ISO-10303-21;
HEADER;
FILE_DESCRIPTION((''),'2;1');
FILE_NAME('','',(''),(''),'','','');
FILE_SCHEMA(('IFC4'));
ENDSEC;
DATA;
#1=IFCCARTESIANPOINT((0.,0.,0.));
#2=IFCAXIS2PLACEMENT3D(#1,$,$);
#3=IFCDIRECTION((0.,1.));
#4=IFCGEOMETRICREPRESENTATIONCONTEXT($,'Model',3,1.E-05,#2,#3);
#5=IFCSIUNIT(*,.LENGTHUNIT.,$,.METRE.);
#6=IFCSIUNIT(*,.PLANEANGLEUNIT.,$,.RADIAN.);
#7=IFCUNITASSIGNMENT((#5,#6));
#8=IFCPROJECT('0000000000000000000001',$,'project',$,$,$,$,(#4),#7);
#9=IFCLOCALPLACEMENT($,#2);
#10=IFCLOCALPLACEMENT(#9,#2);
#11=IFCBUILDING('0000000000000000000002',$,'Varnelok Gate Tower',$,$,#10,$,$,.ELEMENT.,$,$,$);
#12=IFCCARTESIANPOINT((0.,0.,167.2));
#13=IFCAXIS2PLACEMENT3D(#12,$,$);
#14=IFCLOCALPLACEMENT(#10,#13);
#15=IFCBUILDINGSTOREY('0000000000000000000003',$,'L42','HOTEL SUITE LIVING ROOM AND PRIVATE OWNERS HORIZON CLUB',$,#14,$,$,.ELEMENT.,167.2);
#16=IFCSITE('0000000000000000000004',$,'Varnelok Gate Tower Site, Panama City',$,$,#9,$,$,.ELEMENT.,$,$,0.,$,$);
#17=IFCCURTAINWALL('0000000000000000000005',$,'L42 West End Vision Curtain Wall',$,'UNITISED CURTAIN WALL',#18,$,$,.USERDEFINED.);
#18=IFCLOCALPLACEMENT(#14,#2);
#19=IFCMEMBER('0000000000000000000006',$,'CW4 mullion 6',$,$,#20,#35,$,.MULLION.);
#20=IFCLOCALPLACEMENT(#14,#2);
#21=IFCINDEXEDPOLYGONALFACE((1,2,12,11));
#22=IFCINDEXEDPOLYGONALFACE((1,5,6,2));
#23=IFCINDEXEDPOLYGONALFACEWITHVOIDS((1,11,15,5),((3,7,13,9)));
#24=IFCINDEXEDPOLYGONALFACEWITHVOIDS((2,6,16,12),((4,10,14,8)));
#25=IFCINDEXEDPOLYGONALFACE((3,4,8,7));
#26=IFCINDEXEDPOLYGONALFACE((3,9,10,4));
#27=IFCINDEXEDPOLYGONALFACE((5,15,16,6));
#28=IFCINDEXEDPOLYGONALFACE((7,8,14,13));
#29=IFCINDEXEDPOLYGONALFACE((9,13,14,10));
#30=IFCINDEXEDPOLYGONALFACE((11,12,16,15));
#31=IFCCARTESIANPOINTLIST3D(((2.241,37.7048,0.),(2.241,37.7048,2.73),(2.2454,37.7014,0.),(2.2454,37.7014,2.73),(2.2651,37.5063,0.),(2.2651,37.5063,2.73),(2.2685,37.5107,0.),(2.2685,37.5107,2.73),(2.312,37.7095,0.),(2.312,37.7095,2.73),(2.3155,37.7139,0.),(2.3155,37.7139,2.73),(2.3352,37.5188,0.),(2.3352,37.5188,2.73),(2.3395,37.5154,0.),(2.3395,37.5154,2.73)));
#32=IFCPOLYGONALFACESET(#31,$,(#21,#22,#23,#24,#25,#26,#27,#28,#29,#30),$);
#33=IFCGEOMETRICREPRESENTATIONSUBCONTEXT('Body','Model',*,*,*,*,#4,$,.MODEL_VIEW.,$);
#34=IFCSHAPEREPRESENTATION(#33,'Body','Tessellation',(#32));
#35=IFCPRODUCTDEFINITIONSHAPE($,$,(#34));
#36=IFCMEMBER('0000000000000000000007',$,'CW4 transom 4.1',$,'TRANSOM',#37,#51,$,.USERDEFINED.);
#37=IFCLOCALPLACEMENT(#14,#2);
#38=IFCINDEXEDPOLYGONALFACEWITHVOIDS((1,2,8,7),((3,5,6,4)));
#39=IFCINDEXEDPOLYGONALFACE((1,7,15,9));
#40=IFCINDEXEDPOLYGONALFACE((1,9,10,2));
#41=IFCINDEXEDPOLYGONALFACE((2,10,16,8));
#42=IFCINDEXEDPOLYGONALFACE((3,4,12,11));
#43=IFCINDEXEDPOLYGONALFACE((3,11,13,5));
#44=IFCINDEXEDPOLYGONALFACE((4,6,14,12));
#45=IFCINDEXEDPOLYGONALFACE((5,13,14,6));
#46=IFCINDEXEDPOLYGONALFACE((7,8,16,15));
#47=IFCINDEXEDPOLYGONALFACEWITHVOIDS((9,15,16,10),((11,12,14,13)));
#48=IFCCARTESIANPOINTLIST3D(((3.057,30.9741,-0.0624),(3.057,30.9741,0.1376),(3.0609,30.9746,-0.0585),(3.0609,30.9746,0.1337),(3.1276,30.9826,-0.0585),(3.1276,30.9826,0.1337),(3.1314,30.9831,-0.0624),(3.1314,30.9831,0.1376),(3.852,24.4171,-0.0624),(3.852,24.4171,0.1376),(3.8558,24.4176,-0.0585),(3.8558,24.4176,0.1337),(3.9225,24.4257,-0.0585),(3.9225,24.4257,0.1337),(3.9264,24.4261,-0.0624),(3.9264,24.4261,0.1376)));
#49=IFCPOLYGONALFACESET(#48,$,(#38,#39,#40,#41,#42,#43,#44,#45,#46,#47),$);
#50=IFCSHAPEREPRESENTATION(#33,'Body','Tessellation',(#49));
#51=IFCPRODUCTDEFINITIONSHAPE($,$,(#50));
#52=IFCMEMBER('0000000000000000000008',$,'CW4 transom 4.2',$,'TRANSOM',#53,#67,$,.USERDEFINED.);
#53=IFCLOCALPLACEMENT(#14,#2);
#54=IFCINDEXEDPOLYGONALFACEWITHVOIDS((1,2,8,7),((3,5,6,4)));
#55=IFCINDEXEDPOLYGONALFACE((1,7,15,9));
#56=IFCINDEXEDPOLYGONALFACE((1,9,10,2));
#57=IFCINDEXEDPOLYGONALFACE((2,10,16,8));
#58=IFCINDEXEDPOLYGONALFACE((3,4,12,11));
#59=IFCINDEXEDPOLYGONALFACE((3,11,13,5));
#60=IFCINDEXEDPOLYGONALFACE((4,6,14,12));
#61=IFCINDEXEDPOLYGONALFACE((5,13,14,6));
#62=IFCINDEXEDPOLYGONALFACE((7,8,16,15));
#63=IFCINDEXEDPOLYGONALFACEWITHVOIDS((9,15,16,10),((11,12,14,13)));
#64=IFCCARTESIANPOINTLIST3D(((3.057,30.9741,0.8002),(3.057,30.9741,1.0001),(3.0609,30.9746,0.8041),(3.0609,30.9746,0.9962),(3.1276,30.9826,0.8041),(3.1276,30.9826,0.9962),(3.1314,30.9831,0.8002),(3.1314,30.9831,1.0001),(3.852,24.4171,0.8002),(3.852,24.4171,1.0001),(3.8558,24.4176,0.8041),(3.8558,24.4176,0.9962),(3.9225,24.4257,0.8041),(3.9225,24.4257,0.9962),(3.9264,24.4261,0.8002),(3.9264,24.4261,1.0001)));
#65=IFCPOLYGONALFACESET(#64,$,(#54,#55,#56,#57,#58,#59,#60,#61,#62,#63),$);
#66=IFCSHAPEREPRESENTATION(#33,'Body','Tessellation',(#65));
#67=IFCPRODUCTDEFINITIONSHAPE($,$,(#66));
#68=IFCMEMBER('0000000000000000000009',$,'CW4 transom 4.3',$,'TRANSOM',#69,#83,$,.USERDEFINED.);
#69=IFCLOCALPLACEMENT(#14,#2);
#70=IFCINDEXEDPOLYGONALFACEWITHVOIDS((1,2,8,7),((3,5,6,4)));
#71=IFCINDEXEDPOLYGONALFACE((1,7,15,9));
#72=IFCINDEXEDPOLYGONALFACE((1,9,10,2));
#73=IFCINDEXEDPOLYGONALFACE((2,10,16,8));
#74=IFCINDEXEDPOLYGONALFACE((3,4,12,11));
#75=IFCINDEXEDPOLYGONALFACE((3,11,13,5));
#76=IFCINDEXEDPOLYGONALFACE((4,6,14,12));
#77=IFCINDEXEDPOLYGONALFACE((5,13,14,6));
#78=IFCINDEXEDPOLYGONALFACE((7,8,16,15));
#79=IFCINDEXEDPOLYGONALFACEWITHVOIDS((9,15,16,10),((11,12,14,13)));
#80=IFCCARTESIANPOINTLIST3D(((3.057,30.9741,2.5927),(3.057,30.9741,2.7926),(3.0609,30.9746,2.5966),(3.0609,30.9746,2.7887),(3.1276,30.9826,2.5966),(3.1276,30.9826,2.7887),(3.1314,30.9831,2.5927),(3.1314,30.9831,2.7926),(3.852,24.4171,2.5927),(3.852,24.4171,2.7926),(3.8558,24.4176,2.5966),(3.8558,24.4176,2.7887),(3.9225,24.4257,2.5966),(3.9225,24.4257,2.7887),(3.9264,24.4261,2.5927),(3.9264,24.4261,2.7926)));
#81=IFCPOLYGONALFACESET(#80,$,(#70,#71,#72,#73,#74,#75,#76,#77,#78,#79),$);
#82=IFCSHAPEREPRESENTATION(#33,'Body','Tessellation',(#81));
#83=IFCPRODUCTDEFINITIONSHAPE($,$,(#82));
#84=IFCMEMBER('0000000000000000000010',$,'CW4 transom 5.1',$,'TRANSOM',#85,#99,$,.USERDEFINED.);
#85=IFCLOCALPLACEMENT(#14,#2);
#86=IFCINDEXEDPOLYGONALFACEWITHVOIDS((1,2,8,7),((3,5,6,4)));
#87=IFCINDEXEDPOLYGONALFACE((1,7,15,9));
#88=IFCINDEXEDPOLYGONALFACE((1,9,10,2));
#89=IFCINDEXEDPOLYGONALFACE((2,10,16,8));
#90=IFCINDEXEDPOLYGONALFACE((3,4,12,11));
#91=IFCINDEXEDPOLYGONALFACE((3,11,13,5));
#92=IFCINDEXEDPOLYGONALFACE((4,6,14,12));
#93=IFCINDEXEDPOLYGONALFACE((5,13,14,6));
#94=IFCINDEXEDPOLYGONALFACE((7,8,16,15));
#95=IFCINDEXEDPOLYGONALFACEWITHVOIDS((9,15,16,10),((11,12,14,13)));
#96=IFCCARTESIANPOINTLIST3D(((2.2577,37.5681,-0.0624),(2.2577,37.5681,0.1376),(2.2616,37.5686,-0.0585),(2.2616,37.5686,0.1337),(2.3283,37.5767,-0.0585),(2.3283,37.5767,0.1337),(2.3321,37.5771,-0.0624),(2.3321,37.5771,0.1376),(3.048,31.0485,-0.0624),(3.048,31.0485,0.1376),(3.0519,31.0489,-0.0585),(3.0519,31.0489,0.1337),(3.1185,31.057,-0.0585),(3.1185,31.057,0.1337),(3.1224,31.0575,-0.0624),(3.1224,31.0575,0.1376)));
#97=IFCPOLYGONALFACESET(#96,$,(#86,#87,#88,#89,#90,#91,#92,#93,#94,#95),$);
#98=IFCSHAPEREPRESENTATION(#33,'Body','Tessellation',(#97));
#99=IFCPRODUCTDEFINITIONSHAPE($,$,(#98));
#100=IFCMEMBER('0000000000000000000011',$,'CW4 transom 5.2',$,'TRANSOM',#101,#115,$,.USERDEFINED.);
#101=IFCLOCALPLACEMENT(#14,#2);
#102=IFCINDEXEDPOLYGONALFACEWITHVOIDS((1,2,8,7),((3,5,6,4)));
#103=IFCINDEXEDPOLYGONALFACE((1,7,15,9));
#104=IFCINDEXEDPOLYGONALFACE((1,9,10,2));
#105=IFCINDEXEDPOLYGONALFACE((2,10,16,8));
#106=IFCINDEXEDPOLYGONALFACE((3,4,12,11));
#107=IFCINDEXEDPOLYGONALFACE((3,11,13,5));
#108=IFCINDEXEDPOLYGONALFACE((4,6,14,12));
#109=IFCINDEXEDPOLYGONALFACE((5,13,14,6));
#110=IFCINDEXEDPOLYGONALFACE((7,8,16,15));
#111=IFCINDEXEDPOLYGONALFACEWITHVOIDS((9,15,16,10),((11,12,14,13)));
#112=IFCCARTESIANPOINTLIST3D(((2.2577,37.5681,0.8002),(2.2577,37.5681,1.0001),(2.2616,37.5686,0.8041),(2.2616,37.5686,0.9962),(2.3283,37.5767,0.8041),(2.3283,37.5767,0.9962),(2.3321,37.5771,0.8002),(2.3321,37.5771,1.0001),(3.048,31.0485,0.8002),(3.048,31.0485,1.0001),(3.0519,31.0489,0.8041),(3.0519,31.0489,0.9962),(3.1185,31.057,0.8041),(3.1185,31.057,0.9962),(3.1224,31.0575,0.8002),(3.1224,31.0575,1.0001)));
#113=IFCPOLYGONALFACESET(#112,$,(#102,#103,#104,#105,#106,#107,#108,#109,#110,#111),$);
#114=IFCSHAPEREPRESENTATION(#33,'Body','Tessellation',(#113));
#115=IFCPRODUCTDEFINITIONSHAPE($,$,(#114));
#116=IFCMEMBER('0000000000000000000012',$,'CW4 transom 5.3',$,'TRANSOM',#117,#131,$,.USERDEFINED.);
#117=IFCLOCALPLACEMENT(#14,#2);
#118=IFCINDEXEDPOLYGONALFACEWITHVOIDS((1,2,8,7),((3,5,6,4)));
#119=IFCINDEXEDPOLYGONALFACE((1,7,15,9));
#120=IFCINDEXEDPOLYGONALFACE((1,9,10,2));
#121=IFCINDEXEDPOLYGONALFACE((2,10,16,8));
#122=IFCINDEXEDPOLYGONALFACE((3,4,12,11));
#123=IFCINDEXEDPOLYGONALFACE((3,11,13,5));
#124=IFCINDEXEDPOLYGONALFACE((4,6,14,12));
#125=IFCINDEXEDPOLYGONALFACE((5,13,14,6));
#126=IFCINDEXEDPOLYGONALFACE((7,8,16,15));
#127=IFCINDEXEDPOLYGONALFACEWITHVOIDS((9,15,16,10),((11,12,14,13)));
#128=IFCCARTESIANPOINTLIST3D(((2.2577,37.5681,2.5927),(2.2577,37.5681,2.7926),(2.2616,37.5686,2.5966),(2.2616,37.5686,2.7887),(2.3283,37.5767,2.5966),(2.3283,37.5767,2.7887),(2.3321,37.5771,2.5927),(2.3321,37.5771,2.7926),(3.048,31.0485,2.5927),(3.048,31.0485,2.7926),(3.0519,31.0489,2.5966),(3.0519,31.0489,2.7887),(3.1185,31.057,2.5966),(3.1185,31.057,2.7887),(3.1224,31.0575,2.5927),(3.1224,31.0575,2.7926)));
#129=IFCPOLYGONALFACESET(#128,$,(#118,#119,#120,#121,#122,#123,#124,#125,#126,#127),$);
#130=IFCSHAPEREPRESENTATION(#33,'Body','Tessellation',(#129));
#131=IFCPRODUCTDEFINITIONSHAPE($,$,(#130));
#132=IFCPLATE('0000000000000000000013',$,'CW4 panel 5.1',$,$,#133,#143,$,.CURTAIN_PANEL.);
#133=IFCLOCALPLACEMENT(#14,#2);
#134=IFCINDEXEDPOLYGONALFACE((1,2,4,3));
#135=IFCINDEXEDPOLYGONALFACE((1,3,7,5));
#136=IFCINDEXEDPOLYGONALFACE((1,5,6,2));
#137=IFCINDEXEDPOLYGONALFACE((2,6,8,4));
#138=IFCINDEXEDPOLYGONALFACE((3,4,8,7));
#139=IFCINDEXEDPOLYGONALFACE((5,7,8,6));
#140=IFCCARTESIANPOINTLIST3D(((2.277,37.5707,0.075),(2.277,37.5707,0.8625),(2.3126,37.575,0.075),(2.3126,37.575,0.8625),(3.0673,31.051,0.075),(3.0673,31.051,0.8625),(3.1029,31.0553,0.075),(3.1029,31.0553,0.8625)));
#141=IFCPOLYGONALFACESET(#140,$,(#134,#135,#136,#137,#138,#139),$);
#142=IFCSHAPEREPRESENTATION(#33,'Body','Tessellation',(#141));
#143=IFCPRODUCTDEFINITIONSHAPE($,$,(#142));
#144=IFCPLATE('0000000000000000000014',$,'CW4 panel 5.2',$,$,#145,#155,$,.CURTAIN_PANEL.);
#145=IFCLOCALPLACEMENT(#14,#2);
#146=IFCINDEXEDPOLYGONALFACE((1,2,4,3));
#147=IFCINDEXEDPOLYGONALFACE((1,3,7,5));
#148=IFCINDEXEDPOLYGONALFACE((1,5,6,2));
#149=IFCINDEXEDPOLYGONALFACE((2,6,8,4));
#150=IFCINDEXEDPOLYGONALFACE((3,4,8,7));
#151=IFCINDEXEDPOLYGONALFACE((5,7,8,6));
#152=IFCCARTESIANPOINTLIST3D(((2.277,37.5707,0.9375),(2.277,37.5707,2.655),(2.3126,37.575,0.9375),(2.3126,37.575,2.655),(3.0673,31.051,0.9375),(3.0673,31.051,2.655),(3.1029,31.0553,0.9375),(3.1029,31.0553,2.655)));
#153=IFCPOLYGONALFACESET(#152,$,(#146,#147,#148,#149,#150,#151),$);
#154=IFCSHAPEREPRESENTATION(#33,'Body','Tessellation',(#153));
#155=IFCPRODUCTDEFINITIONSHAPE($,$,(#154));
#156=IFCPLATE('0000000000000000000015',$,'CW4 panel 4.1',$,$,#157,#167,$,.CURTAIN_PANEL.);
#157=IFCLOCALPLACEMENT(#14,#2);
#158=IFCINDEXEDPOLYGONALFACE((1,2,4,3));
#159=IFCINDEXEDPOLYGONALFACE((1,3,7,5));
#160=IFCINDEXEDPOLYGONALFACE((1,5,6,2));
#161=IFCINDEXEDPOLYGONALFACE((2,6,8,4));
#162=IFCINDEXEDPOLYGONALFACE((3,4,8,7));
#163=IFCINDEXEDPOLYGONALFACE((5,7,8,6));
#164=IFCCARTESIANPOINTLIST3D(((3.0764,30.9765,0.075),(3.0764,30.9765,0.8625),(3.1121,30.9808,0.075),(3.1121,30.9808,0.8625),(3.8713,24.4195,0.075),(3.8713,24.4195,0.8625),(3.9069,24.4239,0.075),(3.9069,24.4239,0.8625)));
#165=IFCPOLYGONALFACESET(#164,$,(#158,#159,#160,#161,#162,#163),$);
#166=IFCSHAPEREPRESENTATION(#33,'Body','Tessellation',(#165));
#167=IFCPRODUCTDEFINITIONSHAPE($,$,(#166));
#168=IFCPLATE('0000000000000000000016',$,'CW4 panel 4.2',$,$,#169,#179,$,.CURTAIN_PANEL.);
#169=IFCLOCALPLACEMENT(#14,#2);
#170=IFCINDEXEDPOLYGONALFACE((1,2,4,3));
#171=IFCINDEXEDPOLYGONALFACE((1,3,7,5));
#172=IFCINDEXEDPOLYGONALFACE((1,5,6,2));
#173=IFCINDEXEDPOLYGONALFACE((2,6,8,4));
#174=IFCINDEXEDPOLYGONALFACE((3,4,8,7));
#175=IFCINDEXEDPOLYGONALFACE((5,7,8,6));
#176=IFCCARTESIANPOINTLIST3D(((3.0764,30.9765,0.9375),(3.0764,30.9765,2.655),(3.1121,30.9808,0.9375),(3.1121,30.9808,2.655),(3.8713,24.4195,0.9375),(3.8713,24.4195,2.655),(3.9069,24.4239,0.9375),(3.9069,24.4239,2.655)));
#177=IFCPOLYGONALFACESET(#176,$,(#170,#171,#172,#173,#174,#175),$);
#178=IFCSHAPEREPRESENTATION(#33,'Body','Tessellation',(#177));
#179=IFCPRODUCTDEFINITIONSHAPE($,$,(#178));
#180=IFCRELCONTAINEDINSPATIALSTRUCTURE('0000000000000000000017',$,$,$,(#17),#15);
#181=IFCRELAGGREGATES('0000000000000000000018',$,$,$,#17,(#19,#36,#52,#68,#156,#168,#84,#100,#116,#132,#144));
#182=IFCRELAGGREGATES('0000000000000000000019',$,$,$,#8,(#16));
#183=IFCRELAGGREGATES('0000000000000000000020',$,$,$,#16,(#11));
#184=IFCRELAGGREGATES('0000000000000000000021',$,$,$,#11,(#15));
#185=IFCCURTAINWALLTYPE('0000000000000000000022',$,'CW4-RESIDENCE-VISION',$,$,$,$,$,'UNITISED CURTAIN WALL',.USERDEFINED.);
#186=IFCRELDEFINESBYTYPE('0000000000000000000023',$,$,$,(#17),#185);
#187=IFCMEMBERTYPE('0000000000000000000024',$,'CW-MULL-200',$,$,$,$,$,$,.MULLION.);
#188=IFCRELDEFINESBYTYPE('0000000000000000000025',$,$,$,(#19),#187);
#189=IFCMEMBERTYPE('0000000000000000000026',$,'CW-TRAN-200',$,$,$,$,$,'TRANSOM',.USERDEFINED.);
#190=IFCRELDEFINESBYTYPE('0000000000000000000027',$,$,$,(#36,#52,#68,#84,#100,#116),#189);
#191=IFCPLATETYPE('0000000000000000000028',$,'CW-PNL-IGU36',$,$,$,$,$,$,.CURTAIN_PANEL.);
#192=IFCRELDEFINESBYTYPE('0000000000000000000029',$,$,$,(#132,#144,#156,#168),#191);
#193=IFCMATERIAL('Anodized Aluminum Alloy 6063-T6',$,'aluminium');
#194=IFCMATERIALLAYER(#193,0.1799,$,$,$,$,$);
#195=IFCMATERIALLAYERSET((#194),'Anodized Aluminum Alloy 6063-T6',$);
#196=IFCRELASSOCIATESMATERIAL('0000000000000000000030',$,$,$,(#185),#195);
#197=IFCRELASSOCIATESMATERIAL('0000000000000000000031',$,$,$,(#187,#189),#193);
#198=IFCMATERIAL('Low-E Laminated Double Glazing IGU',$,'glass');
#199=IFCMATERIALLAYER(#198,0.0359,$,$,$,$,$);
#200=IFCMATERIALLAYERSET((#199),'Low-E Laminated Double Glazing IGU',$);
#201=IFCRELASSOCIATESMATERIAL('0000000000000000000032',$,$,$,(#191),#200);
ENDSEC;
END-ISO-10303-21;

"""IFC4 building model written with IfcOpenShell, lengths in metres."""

from ifc_helpers import new_model, si_unit, direction, frame, origin, origin_2d, place, context, subcontext, project, spatial, rectangle, hollow_rectangle, extrude, source, transform, mapped, material, layer, layer_set, material_profile, profile_set, type_object, element, aggregate, save


model = new_model("IFC4")

# Units and contexts
model_context = context("Model", 3, precision=1e-05, world=origin(), true_north=direction((0.0, 1.0)))
body_context = subcontext(model_context, "Body", "Model", "MODEL_VIEW")
ifc_project = project(units=[si_unit("LENGTHUNIT", "METRE"), si_unit("PLANEANGLEUNIT", "RADIAN")], contexts=[model_context])

# Site, building, storey
site_placement = place(None, origin())
site = spatial("IfcSite", under=ifc_project, at=site_placement, Name="Varnelok Gate Tower Site, Panama City", CompositionType="ELEMENT", RefElevation=0.0)
building_placement = place(site_placement, origin())
building = spatial("IfcBuilding", under=site, at=building_placement, Name="Varnelok Gate Tower", CompositionType="ELEMENT")
storey_placement = place(building_placement, frame((0.0, 0.0, 167.2)))
storey = spatial("IfcBuildingStorey", under=building, at=storey_placement, Name="L42", Description="HOTEL SUITE LIVING ROOM AND PRIVATE OWNERS HORIZON CLUB", CompositionType="ELEMENT", Elevation=167.2)

# Curtain wall, members, plates
ifc_material_1 = material(Name="Anodized Aluminum Alloy 6063-T6", Category="aluminium")
ifc_layer_1 = layer(ifc_material_1, 0.1799)
ifc_layer_set_1 = layer_set([ifc_layer_1], Name="Anodized Aluminum Alloy 6063-T6")
curtain_wall_type = type_object("IfcCurtainWallType", Name="CW4-RESIDENCE-VISION", ElementType="UNITISED CURTAIN WALL", PredefinedType="USERDEFINED", material=ifc_layer_set_1)
curtain_wall_placement = place(storey_placement, origin())
curtain_wall = element("IfcCurtainWall", 1, at=curtain_wall_placement, inside=storey, type_object=curtain_wall_type, Name="L42 West End Vision Curtain Wall", ObjectType="UNITISED CURTAIN WALL", PredefinedType="USERDEFINED")
ifc_material_profile_1 = material_profile(ifc_material_1, hollow_rectangle(XDim=0.075, YDim=0.2, WallThickness=0.0039, at=origin_2d()), Name="ALU200X75X4")
ifc_profile_set_1 = profile_set([ifc_material_profile_1], Name="Anodized Aluminum Alloy 6063-T6")
member_type_1 = type_object("IfcMemberType", Name="CW-MULL-200", PredefinedType="MULLION", material=ifc_profile_set_1)
member_1_placement = place(storey_placement, frame((2.2903, 37.6101, 0.0), z_axis=(0.0, 0.0, 1.0), x_axis=(-0.992732, -0.120345, 0.0)))
member_1 = element("IfcMember", 2, at=member_1_placement, type_object=member_type_1, Name="CW4 mullion 6", PredefinedType="MULLION", context=body_context, shape_type="SweptSolid", body=[
    extrude(hollow_rectangle(XDim=0.075, YDim=0.2, WallThickness=0.0039, at=origin_2d()), origin(), (0.0, 0.0, 1.0), 2.73),
])
ifc_material_profile_2 = material_profile(ifc_material_1, hollow_rectangle(XDim=0.075, YDim=0.2, WallThickness=0.0039, at=origin_2d()), Name="ALU200X75X4")
ifc_profile_set_2 = profile_set([ifc_material_profile_2], Name="Anodized Aluminum Alloy 6063-T6")
member_type_2 = type_object("IfcMemberType", Name="CW-TRAN-200", ElementType="TRANSOM", PredefinedType="USERDEFINED", material=ifc_profile_set_2)
member_2_placement = place(storey_placement, frame((3.8892, 24.4216, 0.0376), z_axis=(-0.120353, 0.992731, 0.0), x_axis=(-0.992731, -0.120353, 0.0)))
member_2 = element("IfcMember", 3, at=member_2_placement, type_object=member_type_2, Name="CW4 transom 4.1", ObjectType="TRANSOM", PredefinedType="USERDEFINED", context=body_context, shape_type="SweptSolid", body=[
    extrude(hollow_rectangle(XDim=0.075, YDim=0.2, WallThickness=0.0039, at=origin_2d()), origin(), (0.0, 0.0, 1.0), 6.605),
])
member_3_placement = place(storey_placement, frame((3.8892, 24.4216, 0.9001), z_axis=(-0.120353, 0.992731, 0.0), x_axis=(-0.992731, -0.120353, 0.0)))
member_3 = element("IfcMember", 4, at=member_3_placement, type_object=member_type_2, Name="CW4 transom 4.2", ObjectType="TRANSOM", PredefinedType="USERDEFINED", context=body_context, shape_type="SweptSolid", body=[
    extrude(hollow_rectangle(XDim=0.075, YDim=0.2, WallThickness=0.0039, at=origin_2d()), origin(), (0.0, 0.0, 1.0), 6.605),
])
member_4_placement = place(storey_placement, frame((3.8892, 24.4216, 2.6926), z_axis=(-0.120353, 0.992731, 0.0), x_axis=(-0.992731, -0.120353, 0.0)))
member_4 = element("IfcMember", 5, at=member_4_placement, type_object=member_type_2, Name="CW4 transom 4.3", ObjectType="TRANSOM", PredefinedType="USERDEFINED", context=body_context, shape_type="SweptSolid", body=[
    extrude(hollow_rectangle(XDim=0.075, YDim=0.2, WallThickness=0.0039, at=origin_2d()), origin(), (0.0, 0.0, 1.0), 6.605),
])
member_5_placement = place(storey_placement, frame((3.0852, 31.053, 0.0376), z_axis=(-0.120332, 0.992734, 0.0), x_axis=(-0.992734, -0.120332, 0.0)))
member_5 = element("IfcMember", 6, at=member_5_placement, type_object=member_type_2, Name="CW4 transom 5.1", ObjectType="TRANSOM", PredefinedType="USERDEFINED", context=body_context, shape_type="SweptSolid", body=[
    extrude(hollow_rectangle(XDim=0.075, YDim=0.2, WallThickness=0.0039, at=origin_2d()), origin(), (0.0, 0.0, 1.0), 6.5674),
])
member_6_placement = place(storey_placement, frame((3.0852, 31.053, 0.9001), z_axis=(-0.120332, 0.992734, 0.0), x_axis=(-0.992734, -0.120332, 0.0)))
member_6 = element("IfcMember", 7, at=member_6_placement, type_object=member_type_2, Name="CW4 transom 5.2", ObjectType="TRANSOM", PredefinedType="USERDEFINED", context=body_context, shape_type="SweptSolid", body=[
    extrude(hollow_rectangle(XDim=0.075, YDim=0.2, WallThickness=0.0039, at=origin_2d()), origin(), (0.0, 0.0, 1.0), 6.5674),
])
member_7_placement = place(storey_placement, frame((3.0852, 31.053, 2.6926), z_axis=(-0.120332, 0.992734, 0.0), x_axis=(-0.992734, -0.120332, 0.0)))
member_7 = element("IfcMember", 8, at=member_7_placement, type_object=member_type_2, Name="CW4 transom 5.3", ObjectType="TRANSOM", PredefinedType="USERDEFINED", context=body_context, shape_type="SweptSolid", body=[
    extrude(hollow_rectangle(XDim=0.075, YDim=0.2, WallThickness=0.0039, at=origin_2d()), origin(), (0.0, 0.0, 1.0), 6.5674),
])
ifc_material_2 = material(Name="Low-E Laminated Double Glazing IGU", Category="glass")
ifc_layer_2 = layer(ifc_material_2, 0.0359)
ifc_layer_set_2 = layer_set([ifc_layer_2], Name="Low-E Laminated Double Glazing IGU")
plate_type = type_object("IfcPlateType", Name="CW-PNL-IGU36", PredefinedType="CURTAIN_PANEL", material=ifc_layer_set_2)
shared_shape_1 = source(origin(), body_context, "Body", "SweptSolid", [
    extrude(rectangle(XDim=6.5674, YDim=0.0359, at=origin_2d()), origin(), (0.0, 0.0, 1.0), 0.7876),
])
plate_1_placement = place(storey_placement, frame((2.6899, 34.313, 0.075), z_axis=(0.0, 0.0, 1.0), x_axis=(-0.120345, 0.992732, 0.0)))
plate_1 = element("IfcPlate", 9, at=plate_1_placement, type_object=plate_type, Name="CW4 panel 5.1", PredefinedType="CURTAIN_PANEL", context=body_context, shape_type="MappedRepresentation", body=[
    mapped(shared_shape_1, transform((0.0, 0.0, 0.0), scale=1.0)),
])
shared_shape_2 = source(origin(), body_context, "Body", "SweptSolid", [
    extrude(rectangle(XDim=6.5674, YDim=0.0359, at=origin_2d()), origin(), (0.0, 0.0, 1.0), 1.7175),
])
plate_2_placement = place(storey_placement, frame((2.6899, 34.313, 0.9375), z_axis=(0.0, 0.0, 1.0), x_axis=(-0.120345, 0.992732, 0.0)))
plate_2 = element("IfcPlate", 10, at=plate_2_placement, type_object=plate_type, Name="CW4 panel 5.2", PredefinedType="CURTAIN_PANEL", context=body_context, shape_type="MappedRepresentation", body=[
    mapped(shared_shape_2, transform((0.0, 0.0, 0.0), scale=1.0)),
])
shared_shape_3 = source(origin(), body_context, "Body", "SweptSolid", [
    extrude(rectangle(XDim=6.605, YDim=0.0359, at=origin_2d()), origin(), (0.0, 0.0, 1.0), 0.7876),
])
plate_3_placement = place(storey_placement, frame((3.4917, 27.7002, 0.075), z_axis=(0.0, 0.0, 1.0), x_axis=(-0.120345, 0.992732, 0.0)))
plate_3 = element("IfcPlate", 11, at=plate_3_placement, type_object=plate_type, Name="CW4 panel 4.1", PredefinedType="CURTAIN_PANEL", context=body_context, shape_type="MappedRepresentation", body=[
    mapped(shared_shape_3, transform((0.0, 0.0, 0.0), scale=1.0)),
])
shared_shape_4 = source(origin(), body_context, "Body", "SweptSolid", [
    extrude(rectangle(XDim=6.605, YDim=0.0359, at=origin_2d()), origin(), (0.0, 0.0, 1.0), 1.7175),
])
plate_4_placement = place(storey_placement, frame((3.4917, 27.7002, 0.9375), z_axis=(0.0, 0.0, 1.0), x_axis=(-0.120345, 0.992732, 0.0)))
plate_4 = element("IfcPlate", 12, at=plate_4_placement, type_object=plate_type, Name="CW4 panel 4.2", PredefinedType="CURTAIN_PANEL", context=body_context, shape_type="MappedRepresentation", body=[
    mapped(shared_shape_4, transform((0.0, 0.0, 0.0), scale=1.0)),
])
aggregate(curtain_wall, [member_1, member_2, member_3, member_4, plate_3, plate_4, member_5, member_6, member_7, plate_1, plate_2])

save(model, "model.ifc")
